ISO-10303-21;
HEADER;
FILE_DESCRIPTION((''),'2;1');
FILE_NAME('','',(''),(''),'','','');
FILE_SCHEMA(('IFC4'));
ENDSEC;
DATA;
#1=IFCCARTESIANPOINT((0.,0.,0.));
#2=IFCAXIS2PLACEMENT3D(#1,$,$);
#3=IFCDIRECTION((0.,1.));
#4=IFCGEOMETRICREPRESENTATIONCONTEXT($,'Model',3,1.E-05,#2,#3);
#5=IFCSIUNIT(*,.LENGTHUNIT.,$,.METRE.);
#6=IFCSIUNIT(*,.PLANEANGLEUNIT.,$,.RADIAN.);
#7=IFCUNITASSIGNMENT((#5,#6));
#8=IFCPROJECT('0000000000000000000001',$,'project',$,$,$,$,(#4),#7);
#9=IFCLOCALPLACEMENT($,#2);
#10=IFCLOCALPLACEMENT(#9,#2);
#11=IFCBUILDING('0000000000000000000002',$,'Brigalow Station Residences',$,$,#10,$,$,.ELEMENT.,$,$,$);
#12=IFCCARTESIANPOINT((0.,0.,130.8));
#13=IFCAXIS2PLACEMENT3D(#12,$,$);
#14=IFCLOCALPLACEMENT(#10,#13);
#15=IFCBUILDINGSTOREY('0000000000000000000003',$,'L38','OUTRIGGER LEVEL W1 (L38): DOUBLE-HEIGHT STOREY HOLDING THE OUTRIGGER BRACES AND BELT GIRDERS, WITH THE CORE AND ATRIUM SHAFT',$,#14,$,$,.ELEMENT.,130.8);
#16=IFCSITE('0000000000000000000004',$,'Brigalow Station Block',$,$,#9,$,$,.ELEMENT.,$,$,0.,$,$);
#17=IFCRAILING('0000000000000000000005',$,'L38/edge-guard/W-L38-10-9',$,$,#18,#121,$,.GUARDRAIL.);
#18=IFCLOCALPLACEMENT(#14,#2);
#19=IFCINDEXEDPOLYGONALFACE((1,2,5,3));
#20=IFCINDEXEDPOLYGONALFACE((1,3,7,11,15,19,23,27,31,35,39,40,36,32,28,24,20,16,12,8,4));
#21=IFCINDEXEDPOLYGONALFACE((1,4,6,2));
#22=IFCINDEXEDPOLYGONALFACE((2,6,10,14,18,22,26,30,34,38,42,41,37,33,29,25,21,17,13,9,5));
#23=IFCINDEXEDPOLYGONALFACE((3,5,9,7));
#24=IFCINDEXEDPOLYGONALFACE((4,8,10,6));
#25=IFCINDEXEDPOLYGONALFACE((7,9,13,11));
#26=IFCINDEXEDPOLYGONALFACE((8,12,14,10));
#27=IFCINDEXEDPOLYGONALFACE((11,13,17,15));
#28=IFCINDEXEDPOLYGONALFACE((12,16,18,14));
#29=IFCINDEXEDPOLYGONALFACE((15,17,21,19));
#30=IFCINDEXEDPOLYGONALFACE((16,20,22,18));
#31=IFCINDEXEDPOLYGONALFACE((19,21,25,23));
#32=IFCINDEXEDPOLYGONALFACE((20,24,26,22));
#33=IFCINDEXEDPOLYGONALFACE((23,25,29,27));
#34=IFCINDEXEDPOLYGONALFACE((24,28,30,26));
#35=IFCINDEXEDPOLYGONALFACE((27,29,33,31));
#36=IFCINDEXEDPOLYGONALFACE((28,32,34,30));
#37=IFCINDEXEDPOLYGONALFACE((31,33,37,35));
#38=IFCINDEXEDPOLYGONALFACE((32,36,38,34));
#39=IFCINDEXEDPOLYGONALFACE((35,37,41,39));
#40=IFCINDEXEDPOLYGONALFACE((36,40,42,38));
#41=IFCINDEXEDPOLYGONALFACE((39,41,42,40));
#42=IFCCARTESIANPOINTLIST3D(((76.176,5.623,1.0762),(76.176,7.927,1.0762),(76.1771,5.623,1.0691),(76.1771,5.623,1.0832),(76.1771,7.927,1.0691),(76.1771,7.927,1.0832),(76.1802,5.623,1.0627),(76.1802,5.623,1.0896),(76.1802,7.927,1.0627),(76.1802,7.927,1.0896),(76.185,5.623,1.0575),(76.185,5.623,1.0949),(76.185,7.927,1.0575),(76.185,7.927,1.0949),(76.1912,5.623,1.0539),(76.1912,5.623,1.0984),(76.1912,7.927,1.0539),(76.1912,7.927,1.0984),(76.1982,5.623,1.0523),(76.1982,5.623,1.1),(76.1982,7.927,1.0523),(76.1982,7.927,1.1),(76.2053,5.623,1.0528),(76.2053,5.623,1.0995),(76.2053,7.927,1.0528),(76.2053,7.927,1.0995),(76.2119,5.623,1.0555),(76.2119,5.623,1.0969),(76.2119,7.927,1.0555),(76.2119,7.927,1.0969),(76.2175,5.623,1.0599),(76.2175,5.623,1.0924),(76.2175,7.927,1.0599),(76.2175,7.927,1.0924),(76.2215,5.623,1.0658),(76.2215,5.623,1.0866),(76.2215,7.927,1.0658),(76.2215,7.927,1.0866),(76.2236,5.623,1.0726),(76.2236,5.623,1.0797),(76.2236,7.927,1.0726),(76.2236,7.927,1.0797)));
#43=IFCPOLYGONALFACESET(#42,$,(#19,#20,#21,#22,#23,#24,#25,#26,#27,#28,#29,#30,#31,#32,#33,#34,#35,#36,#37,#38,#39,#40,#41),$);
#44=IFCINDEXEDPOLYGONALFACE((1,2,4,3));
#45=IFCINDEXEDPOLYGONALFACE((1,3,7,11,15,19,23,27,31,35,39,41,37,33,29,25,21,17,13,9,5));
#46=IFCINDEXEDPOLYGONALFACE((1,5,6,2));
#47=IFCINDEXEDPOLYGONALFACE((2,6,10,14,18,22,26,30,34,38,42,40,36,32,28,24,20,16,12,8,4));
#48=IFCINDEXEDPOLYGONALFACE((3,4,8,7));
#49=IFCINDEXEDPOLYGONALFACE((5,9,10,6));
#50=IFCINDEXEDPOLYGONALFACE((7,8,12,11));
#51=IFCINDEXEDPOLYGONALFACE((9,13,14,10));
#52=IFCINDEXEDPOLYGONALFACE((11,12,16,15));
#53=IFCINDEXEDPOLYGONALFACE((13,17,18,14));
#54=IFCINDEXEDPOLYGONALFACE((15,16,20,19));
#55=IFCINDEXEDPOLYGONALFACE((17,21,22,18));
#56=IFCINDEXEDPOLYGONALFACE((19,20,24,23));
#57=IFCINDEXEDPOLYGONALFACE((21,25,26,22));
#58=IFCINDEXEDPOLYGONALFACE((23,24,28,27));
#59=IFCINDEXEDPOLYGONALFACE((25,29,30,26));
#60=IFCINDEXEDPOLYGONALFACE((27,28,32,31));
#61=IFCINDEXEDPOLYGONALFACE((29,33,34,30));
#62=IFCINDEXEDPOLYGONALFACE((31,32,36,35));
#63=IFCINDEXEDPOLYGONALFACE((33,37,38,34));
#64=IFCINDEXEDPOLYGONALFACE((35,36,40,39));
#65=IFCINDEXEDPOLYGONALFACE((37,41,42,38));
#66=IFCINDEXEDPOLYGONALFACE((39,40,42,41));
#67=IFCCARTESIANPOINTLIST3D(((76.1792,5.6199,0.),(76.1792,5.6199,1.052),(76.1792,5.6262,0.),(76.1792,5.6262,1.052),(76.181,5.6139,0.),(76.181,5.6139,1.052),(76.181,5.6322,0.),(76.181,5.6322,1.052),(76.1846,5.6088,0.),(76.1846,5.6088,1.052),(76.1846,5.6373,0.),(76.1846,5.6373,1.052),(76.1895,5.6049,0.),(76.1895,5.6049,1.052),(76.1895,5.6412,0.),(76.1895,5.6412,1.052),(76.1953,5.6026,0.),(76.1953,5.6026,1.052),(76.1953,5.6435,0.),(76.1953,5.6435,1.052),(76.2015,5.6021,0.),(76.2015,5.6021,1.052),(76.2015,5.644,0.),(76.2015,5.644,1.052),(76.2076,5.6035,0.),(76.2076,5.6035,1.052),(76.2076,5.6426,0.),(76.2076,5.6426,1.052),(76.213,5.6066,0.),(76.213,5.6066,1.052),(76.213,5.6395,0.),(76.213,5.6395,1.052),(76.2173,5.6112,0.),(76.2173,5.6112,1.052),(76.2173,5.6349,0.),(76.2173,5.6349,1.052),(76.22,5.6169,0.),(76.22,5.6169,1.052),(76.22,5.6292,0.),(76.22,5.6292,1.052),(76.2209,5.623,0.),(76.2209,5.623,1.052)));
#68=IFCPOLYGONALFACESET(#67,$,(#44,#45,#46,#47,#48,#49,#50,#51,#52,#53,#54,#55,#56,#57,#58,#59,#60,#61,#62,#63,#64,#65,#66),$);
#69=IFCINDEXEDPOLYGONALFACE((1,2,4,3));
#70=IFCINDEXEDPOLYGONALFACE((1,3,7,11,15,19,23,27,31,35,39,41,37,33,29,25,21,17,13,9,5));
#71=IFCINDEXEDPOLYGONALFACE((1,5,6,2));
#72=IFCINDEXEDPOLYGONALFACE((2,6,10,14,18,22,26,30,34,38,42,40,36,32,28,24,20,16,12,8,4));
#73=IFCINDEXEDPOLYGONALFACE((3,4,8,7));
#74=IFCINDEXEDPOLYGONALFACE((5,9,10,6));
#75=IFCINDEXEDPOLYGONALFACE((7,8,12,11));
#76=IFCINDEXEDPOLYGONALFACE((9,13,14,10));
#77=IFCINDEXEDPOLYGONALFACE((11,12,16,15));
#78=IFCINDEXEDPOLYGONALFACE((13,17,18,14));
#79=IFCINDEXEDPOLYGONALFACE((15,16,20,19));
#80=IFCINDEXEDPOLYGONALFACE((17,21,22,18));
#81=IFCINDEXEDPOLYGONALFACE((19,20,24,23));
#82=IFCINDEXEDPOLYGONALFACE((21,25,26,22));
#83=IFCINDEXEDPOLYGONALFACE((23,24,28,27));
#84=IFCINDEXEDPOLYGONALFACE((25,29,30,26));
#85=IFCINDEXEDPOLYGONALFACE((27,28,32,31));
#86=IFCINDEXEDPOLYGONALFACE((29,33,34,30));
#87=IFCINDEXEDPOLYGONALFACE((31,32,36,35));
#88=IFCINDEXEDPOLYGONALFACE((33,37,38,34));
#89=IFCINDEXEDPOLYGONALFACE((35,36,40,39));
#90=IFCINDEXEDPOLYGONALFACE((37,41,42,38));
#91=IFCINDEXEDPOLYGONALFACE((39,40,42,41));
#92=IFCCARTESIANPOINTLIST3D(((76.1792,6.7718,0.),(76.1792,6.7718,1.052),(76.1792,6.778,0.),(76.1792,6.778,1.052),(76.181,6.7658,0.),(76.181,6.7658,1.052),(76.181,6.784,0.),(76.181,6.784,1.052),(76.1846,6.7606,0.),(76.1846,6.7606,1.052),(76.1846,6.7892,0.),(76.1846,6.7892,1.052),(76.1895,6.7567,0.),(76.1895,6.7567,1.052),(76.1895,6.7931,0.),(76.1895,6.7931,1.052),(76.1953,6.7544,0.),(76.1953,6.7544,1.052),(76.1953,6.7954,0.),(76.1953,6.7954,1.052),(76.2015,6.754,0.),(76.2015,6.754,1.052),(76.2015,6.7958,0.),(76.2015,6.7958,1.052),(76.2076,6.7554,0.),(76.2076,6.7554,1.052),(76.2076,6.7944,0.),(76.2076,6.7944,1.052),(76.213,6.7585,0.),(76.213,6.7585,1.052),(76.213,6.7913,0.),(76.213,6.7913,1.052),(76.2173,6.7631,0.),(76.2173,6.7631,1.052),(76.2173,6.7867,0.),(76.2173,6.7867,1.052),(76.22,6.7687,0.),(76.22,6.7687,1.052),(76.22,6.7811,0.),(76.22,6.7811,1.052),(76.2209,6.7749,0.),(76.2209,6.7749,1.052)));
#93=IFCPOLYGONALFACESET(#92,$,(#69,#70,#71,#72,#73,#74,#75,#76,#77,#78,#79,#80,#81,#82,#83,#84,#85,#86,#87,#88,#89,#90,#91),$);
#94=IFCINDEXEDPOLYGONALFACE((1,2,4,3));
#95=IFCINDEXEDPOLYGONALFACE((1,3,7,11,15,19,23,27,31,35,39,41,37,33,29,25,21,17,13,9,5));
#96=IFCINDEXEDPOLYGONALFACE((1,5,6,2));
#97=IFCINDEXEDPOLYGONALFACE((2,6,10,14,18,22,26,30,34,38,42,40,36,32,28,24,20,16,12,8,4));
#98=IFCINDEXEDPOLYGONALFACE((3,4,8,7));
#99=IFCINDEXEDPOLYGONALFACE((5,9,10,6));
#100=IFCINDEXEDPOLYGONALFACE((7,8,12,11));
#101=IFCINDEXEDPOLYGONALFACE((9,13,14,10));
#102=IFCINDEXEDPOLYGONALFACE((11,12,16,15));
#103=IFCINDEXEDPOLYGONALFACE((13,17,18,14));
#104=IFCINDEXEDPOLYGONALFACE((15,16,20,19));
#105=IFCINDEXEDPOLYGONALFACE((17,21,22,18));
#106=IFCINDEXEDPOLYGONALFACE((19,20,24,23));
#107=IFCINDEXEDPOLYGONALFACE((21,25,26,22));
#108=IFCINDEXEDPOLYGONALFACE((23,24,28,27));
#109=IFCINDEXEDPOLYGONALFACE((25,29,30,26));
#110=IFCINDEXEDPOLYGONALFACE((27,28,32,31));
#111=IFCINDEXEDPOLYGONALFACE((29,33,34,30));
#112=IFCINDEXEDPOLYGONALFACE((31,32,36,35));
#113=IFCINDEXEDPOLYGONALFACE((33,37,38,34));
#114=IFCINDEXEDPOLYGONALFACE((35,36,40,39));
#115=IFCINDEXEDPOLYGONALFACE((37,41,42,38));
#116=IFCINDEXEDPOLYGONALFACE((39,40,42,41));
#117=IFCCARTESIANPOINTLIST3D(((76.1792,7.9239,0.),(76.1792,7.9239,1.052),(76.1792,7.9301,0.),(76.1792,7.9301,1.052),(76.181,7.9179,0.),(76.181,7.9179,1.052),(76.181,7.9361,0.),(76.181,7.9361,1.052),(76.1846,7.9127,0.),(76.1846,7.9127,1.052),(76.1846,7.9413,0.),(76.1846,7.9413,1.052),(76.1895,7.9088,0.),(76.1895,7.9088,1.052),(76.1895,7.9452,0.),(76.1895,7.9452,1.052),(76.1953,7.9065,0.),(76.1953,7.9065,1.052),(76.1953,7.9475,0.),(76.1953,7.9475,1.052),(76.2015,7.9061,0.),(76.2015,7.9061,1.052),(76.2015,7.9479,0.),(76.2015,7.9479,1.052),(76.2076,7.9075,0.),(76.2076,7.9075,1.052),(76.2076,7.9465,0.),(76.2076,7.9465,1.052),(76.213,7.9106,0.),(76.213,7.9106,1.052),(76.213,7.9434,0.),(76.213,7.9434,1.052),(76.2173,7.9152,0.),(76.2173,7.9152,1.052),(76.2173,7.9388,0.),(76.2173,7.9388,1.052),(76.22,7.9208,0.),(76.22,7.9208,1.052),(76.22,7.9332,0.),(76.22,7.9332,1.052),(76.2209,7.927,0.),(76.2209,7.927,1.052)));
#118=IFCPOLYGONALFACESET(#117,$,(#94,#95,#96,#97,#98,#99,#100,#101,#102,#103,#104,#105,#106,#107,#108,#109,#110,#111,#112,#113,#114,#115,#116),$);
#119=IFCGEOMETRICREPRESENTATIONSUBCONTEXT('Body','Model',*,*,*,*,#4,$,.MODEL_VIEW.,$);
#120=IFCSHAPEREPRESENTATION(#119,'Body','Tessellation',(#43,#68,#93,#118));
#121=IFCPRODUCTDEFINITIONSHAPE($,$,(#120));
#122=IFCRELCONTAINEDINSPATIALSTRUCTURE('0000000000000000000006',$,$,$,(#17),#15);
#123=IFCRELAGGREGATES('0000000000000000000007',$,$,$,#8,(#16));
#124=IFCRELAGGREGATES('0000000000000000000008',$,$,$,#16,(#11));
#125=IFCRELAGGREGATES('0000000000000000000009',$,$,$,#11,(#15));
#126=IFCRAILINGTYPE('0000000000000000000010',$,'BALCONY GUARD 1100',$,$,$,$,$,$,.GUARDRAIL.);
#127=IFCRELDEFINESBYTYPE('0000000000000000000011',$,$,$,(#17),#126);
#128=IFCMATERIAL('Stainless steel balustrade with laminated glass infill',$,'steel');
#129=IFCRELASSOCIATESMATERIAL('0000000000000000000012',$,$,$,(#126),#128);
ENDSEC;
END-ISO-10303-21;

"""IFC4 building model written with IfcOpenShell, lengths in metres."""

from ifc_helpers import new_model, si_unit, direction, frame, origin, origin_2d, place, context, subcontext, project, spatial, circle, extrude, material, type_object, element, save


model = new_model("IFC4")

# Units and contexts
model_context = context("Model", 3, precision=1e-05, world=origin(), true_north=direction((0.0, 1.0)))
body_context = subcontext(model_context, "Body", "Model", "MODEL_VIEW")
ifc_project = project(units=[si_unit("LENGTHUNIT", "METRE"), si_unit("PLANEANGLEUNIT", "RADIAN")], contexts=[model_context])

# Site, building, storey
site_placement = place(None, origin())
site = spatial("IfcSite", under=ifc_project, at=site_placement, Name="Brigalow Station Block", CompositionType="ELEMENT", RefElevation=0.0)
building_placement = place(site_placement, origin())
building = spatial("IfcBuilding", under=site, at=building_placement, Name="Brigalow Station Residences", CompositionType="ELEMENT")
storey_placement = place(building_placement, frame((0.0, 0.0, 130.8)))
storey = spatial("IfcBuildingStorey", under=building, at=storey_placement, Name="L38", Description="OUTRIGGER LEVEL W1 (L38): DOUBLE-HEIGHT STOREY HOLDING THE OUTRIGGER BRACES AND BELT GIRDERS, WITH THE CORE AND ATRIUM SHAFT", CompositionType="ELEMENT", Elevation=130.8)

# Railing
ifc_material_1 = material(Name="Stainless steel balustrade with laminated glass infill", Category="steel")
railing_type = type_object("IfcRailingType", Name="BALCONY GUARD 1100", PredefinedType="GUARDRAIL", material=ifc_material_1)
railing_1_placement = place(storey_placement, frame((76.2, 5.623, 0.0)))
element("IfcRailing", 1, at=railing_1_placement, inside=storey, type_object=railing_type, Name="L38/edge-guard/W-L38-10-9", PredefinedType="GUARDRAIL", context=body_context, shape_type="SweptSolid", body=[
    extrude(circle(Radius=0.0239, at=origin_2d()), frame((0.0, 0.0, 1.0762), z_axis=(0.0, 1.0, 0.0), x_axis=(-1.0, 0.0, 0.0)), (0.0, 0.0, 1.0), 2.304),
    extrude(circle(Radius=0.021, at=origin_2d()), origin(), (0.0, 0.0, 1.0), 1.052),
    extrude(circle(Radius=0.021, at=origin_2d()), frame((0.0, 1.1519, 0.0)), (0.0, 0.0, 1.0), 1.052),
    extrude(circle(Radius=0.021, at=origin_2d()), frame((0.0, 2.304, 0.0)), (0.0, 0.0, 1.0), 1.052),
])

save(model, "model.ifc")
